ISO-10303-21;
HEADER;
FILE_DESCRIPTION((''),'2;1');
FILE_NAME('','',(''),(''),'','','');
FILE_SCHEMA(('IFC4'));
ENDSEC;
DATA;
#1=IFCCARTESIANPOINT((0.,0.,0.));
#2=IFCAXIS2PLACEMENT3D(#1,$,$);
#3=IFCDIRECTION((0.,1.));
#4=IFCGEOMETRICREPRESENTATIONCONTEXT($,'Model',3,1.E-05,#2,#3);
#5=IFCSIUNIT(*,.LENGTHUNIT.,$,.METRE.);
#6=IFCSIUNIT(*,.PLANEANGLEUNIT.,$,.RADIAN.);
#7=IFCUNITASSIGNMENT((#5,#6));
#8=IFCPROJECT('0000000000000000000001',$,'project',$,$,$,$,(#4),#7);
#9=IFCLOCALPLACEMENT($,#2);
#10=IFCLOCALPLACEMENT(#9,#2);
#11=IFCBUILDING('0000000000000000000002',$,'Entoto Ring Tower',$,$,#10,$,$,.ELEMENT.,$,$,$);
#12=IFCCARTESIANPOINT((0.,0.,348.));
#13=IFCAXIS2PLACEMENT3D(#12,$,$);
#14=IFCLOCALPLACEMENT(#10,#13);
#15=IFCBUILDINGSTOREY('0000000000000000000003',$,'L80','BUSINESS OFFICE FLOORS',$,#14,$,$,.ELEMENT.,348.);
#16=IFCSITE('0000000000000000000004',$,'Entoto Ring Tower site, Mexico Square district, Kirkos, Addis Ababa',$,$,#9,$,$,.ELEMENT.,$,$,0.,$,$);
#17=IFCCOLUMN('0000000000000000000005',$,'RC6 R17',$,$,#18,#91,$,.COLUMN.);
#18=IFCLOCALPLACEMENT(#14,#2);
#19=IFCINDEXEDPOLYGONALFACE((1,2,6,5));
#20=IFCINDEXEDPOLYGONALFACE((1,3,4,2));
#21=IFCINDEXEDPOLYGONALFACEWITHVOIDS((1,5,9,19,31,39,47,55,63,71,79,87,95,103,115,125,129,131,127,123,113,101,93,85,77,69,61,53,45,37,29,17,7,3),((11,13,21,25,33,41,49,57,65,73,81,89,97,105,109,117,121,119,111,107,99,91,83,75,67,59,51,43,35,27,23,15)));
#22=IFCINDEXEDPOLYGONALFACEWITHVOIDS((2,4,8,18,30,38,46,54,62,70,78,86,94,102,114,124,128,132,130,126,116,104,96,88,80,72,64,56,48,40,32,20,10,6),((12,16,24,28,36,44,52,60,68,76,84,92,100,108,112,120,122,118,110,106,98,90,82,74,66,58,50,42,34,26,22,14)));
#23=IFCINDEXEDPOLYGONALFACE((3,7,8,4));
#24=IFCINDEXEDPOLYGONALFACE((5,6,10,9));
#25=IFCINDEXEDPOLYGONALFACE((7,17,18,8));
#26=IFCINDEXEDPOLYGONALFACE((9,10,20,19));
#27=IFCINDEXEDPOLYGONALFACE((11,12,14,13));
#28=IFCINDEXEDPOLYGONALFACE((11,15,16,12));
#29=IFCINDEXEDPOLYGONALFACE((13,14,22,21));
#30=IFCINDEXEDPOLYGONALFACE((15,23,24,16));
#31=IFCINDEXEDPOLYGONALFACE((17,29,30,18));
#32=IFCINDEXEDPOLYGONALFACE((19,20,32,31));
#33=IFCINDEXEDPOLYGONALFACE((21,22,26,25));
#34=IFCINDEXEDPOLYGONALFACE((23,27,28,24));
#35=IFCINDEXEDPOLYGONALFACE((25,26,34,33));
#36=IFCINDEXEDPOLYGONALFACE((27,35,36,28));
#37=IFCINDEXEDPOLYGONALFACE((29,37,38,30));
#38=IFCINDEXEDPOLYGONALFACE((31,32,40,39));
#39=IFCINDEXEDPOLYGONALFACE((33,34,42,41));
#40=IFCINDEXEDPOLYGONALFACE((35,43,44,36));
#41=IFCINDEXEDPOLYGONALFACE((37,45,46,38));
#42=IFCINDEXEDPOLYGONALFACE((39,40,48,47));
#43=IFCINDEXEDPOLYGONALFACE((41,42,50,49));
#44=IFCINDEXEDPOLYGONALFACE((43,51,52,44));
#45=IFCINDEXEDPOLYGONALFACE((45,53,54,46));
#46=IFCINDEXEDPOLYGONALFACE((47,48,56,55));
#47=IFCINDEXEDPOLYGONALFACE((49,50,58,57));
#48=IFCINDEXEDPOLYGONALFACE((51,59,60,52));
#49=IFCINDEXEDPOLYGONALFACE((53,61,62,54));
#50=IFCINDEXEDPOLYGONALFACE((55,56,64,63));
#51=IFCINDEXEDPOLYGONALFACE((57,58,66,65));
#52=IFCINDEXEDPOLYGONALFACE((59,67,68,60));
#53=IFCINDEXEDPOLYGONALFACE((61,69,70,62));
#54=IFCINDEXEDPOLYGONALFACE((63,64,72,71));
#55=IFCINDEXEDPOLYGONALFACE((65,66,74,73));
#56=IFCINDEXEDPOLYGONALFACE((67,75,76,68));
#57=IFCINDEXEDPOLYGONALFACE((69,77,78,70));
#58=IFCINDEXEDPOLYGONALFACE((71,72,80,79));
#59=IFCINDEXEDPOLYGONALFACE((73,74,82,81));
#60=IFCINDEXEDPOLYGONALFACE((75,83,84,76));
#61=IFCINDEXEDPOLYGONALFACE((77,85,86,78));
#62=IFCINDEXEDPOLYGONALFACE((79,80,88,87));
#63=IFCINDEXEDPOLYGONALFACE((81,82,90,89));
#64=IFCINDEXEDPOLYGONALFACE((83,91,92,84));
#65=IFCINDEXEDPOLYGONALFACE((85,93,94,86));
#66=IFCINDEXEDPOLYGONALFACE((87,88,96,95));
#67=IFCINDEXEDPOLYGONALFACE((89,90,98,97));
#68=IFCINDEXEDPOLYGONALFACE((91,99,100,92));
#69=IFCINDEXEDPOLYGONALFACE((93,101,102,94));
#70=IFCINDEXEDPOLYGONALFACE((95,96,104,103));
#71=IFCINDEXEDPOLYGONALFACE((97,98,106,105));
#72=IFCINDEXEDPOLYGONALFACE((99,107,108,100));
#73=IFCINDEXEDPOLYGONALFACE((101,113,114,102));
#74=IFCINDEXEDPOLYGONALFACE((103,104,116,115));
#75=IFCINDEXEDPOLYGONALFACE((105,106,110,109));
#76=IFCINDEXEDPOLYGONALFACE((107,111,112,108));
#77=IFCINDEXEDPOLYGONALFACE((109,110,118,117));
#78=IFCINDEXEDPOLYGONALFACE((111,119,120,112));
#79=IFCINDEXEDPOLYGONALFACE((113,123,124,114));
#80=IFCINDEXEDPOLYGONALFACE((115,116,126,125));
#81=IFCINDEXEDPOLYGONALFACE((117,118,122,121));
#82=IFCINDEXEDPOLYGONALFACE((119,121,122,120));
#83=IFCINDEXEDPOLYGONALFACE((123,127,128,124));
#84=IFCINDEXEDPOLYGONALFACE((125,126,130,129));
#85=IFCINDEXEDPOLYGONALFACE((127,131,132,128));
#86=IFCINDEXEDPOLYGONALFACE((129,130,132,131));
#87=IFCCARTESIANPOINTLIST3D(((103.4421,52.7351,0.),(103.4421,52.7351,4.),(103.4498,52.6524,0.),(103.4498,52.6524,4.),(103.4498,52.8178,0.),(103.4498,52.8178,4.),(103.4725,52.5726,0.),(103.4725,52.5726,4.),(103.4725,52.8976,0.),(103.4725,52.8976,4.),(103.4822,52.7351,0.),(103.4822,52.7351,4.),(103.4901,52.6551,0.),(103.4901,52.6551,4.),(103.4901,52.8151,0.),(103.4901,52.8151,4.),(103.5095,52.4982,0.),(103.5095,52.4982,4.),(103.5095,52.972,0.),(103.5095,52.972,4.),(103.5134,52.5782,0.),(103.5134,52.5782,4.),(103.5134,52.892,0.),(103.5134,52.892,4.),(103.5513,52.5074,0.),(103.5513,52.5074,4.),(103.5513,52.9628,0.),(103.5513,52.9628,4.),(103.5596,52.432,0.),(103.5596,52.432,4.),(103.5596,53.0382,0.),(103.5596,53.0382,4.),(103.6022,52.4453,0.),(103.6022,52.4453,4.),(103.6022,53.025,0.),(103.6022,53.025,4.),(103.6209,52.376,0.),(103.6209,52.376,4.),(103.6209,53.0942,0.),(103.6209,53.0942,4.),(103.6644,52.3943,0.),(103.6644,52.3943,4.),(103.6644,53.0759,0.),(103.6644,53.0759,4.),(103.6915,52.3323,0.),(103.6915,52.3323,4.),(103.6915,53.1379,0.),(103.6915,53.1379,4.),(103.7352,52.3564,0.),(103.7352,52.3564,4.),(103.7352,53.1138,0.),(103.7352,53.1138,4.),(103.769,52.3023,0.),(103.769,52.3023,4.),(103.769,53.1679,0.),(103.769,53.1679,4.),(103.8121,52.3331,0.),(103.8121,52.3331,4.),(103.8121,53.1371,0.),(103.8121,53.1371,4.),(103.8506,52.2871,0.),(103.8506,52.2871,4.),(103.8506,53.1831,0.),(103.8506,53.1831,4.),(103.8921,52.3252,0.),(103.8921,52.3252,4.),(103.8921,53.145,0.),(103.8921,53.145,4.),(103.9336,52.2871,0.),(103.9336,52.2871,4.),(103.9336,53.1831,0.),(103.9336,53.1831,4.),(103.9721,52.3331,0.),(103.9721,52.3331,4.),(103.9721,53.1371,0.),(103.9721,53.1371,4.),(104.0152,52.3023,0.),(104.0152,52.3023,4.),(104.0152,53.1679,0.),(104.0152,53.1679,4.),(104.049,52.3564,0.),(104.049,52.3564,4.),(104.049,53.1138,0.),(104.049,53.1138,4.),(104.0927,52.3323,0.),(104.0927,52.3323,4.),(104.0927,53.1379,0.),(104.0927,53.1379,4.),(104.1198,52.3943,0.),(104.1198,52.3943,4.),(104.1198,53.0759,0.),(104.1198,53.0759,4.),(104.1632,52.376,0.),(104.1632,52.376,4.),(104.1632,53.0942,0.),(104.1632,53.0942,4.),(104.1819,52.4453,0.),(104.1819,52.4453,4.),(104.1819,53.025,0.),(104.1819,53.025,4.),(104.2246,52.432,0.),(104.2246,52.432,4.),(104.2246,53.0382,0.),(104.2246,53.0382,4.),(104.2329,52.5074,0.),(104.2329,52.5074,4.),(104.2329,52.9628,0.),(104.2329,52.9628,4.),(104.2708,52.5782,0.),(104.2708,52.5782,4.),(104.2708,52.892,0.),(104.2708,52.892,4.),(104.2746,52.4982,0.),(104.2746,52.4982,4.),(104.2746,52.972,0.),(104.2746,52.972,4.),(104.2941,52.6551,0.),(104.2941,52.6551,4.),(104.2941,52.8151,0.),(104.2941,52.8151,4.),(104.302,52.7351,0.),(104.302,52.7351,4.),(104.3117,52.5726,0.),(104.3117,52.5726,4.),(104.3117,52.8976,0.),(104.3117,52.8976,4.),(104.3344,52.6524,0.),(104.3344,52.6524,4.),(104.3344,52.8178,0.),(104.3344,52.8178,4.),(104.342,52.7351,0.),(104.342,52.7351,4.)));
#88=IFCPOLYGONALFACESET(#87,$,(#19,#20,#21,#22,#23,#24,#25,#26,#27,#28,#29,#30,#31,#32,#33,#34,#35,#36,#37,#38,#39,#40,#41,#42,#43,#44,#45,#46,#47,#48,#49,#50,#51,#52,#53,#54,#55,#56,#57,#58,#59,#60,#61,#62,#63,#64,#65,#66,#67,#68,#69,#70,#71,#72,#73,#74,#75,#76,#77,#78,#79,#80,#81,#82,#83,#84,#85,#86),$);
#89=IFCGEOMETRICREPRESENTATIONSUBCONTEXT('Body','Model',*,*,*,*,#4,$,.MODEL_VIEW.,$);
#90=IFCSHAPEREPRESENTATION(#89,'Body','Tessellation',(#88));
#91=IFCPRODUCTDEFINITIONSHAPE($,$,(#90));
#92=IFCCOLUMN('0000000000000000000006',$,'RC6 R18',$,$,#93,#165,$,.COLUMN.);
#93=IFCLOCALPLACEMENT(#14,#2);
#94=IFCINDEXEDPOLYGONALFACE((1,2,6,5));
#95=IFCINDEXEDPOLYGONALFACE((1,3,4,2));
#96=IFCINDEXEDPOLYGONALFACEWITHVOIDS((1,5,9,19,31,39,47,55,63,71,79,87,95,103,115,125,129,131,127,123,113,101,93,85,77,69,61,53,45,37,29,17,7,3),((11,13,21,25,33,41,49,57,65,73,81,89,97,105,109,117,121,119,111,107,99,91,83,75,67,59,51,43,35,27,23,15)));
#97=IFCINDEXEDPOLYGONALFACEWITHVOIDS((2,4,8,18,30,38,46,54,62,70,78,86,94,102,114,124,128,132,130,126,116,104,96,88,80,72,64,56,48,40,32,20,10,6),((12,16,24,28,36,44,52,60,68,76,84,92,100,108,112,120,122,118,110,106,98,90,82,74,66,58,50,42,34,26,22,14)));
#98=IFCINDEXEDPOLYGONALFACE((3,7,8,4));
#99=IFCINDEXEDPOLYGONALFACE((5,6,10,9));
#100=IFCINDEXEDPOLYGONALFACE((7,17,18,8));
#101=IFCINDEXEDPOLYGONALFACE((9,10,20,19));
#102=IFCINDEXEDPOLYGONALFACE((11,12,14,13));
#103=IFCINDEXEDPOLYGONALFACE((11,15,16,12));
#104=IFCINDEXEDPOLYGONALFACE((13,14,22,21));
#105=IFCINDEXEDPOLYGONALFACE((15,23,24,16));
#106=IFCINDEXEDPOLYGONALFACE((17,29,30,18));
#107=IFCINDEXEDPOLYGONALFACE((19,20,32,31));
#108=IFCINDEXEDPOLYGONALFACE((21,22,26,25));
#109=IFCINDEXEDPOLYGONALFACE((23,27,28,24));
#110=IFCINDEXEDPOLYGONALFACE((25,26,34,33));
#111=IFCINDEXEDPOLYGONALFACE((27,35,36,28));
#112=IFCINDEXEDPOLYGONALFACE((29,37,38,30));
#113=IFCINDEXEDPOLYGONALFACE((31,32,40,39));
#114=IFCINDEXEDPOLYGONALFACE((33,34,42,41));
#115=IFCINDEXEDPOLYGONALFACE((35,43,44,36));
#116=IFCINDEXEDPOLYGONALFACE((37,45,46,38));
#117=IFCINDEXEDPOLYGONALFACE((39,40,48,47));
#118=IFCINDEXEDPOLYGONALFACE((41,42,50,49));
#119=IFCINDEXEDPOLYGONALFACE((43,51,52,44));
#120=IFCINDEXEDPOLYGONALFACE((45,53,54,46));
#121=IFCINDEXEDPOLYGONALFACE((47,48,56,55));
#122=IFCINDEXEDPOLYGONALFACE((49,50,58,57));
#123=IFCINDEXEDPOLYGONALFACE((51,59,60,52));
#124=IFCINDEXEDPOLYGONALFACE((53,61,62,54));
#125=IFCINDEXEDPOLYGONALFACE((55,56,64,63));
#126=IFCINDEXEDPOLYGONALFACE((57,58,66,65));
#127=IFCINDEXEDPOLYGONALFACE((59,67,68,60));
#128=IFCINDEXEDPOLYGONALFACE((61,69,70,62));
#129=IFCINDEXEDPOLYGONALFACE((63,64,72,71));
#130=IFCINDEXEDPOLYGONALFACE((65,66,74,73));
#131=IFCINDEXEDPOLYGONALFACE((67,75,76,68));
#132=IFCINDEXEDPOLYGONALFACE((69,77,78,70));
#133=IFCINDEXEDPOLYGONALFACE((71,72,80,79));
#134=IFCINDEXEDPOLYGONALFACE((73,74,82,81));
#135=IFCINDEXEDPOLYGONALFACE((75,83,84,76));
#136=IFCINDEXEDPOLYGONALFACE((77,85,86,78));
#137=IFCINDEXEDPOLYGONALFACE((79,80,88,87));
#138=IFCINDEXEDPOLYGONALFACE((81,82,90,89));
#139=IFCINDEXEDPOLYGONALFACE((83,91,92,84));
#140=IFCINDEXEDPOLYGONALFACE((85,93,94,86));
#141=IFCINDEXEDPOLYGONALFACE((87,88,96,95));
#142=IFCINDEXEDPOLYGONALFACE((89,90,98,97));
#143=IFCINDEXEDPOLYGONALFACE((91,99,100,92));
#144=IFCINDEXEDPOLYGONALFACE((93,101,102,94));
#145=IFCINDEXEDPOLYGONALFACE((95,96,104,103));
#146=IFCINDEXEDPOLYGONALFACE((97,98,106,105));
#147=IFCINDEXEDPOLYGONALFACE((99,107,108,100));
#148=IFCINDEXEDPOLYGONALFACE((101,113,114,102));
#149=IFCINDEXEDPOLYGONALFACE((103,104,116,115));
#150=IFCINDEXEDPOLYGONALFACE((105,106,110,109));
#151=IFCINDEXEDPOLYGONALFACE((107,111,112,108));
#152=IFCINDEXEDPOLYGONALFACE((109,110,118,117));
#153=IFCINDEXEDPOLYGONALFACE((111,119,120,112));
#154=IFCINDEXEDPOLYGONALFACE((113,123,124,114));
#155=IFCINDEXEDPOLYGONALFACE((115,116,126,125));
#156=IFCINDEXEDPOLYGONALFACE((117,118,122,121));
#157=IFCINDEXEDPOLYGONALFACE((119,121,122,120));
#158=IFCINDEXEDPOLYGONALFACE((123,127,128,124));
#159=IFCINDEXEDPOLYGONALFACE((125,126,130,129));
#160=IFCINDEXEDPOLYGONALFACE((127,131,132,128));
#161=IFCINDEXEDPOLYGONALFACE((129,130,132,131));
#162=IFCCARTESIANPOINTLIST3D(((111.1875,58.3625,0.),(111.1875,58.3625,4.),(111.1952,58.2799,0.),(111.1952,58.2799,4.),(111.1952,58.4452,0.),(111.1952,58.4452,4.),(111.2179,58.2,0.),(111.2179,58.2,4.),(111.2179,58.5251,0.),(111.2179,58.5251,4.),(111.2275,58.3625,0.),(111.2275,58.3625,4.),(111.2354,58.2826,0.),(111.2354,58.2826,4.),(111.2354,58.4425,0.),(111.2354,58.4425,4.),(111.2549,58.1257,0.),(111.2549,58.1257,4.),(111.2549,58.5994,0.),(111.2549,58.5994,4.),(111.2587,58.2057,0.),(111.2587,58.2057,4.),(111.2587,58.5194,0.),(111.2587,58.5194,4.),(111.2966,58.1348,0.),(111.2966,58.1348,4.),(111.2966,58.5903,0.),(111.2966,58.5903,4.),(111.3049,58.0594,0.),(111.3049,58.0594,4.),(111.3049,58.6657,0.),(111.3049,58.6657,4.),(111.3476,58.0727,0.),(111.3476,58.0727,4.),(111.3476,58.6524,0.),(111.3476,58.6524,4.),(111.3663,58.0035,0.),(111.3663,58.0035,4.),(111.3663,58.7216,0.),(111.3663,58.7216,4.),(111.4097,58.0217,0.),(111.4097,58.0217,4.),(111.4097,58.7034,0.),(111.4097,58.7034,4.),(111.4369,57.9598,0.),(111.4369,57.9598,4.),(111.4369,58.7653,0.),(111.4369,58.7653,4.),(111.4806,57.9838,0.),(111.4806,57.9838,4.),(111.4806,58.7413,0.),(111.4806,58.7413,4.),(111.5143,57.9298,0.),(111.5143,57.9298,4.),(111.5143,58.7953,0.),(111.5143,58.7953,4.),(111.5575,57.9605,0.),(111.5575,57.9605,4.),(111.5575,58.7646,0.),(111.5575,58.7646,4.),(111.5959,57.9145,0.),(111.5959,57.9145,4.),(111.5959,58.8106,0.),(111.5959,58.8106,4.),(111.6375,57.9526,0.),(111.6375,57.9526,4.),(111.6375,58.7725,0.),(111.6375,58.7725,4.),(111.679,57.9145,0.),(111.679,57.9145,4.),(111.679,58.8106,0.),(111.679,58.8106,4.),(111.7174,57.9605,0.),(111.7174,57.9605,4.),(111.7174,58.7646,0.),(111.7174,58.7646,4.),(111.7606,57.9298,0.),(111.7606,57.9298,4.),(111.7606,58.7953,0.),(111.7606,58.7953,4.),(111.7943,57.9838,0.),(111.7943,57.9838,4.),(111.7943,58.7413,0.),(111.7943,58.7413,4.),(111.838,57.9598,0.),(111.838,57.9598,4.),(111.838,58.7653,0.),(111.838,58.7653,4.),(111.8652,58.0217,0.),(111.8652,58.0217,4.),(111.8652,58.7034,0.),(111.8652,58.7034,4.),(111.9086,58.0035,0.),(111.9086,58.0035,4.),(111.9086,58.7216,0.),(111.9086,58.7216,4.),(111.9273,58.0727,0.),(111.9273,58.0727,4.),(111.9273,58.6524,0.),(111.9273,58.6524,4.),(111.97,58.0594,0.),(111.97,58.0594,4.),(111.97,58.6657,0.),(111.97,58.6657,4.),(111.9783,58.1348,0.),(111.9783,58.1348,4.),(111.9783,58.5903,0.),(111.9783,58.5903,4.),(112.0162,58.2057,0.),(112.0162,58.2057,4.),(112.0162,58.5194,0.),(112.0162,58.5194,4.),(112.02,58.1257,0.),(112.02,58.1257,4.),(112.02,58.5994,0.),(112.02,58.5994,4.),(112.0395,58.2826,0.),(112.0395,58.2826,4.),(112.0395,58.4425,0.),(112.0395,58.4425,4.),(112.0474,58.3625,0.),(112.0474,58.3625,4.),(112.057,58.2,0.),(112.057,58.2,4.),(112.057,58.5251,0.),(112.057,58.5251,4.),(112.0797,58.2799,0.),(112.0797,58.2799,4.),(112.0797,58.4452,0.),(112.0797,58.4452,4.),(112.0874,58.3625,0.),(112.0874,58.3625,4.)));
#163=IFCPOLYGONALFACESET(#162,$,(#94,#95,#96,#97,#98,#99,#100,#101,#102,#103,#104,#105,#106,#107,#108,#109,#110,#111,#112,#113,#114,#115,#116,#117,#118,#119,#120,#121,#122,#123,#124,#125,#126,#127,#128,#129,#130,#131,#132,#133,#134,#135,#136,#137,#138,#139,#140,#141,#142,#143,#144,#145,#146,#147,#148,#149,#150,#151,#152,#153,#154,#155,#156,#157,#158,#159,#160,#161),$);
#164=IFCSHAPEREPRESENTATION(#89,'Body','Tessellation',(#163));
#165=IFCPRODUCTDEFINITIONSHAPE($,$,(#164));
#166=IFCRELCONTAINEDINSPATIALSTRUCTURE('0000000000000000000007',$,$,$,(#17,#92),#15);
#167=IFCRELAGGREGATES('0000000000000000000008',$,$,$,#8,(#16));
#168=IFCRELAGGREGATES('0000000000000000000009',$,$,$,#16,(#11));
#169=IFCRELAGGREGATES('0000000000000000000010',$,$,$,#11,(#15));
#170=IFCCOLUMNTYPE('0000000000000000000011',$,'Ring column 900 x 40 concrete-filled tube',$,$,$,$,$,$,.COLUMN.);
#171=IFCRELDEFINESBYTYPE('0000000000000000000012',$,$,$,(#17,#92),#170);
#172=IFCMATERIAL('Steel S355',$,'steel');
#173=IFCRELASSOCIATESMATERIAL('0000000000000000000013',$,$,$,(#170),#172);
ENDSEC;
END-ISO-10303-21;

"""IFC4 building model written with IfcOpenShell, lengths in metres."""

from ifc_helpers import new_model, si_unit, direction, frame, origin, origin_2d, place, context, subcontext, project, spatial, circle, hollow_circle, extrude, material, material_profile, profile_set, type_object, element, save


model = new_model("IFC4")

# Units and contexts
model_context = context("Model", 3, precision=1e-05, world=origin(), true_north=direction((0.0, 1.0)))
body_context = subcontext(model_context, "Body", "Model", "MODEL_VIEW")
ifc_project = project(units=[si_unit("LENGTHUNIT", "METRE"), si_unit("PLANEANGLEUNIT", "RADIAN")], contexts=[model_context])

# Site, building, storey
site_placement = place(None, origin())
site = spatial("IfcSite", under=ifc_project, at=site_placement, Name="Entoto Ring Tower site, Mexico Square district, Kirkos, Addis Ababa", CompositionType="ELEMENT", RefElevation=0.0)
building_placement = place(site_placement, origin())
building = spatial("IfcBuilding", under=site, at=building_placement, Name="Entoto Ring Tower", CompositionType="ELEMENT")
storey_placement = place(building_placement, frame((0.0, 0.0, 348.0)))
storey = spatial("IfcBuildingStorey", under=building, at=storey_placement, Name="L80", Description="BUSINESS OFFICE FLOORS", CompositionType="ELEMENT", Elevation=348.0)

# Columns
ifc_material_1 = material(Name="Steel S355", Category="steel")
ifc_material_profile_1 = material_profile(ifc_material_1, hollow_circle(Radius=0.45, WallThickness=0.04, at=origin_2d()), Name="CHS 900 x 40")
ifc_material_2 = material(Name="Concrete C60/75", Category="concrete")
ifc_material_profile_2 = material_profile(ifc_material_2, circle(Radius=0.4099, at=origin_2d()), Name="Concrete C60/75 infill")
ifc_profile_set_1 = profile_set([ifc_material_profile_1, ifc_material_profile_2], Name="Steel S355")
column_type = type_object("IfcColumnType", Name="Ring column 900 x 40 concrete-filled tube", PredefinedType="COLUMN", material=ifc_profile_set_1)
for number, where, z_axis, x_axis, name in (
    (1, (103.8921, 52.7351, 0.0), (0.0, 0.0, 1.0), (1.0, 0.0, 0.0), "RC6 R17"),
    (2, (111.6375, 58.3625, 0.0), (0.0, 0.0, 1.0), (1.0, 0.0, 0.0), "RC6 R18"),
):
    element("IfcColumn", number, at=place(storey_placement, frame(where, z_axis=z_axis, x_axis=x_axis)), inside=storey, type_object=column_type, Name=name, PredefinedType="COLUMN", context=body_context, shape_type="SweptSolid", body=[
        extrude(hollow_circle(Radius=0.45, WallThickness=0.04, at=origin_2d()), origin(), (0.0, 0.0, 1.0), 4.0),
    ])

save(model, "model.ifc")
